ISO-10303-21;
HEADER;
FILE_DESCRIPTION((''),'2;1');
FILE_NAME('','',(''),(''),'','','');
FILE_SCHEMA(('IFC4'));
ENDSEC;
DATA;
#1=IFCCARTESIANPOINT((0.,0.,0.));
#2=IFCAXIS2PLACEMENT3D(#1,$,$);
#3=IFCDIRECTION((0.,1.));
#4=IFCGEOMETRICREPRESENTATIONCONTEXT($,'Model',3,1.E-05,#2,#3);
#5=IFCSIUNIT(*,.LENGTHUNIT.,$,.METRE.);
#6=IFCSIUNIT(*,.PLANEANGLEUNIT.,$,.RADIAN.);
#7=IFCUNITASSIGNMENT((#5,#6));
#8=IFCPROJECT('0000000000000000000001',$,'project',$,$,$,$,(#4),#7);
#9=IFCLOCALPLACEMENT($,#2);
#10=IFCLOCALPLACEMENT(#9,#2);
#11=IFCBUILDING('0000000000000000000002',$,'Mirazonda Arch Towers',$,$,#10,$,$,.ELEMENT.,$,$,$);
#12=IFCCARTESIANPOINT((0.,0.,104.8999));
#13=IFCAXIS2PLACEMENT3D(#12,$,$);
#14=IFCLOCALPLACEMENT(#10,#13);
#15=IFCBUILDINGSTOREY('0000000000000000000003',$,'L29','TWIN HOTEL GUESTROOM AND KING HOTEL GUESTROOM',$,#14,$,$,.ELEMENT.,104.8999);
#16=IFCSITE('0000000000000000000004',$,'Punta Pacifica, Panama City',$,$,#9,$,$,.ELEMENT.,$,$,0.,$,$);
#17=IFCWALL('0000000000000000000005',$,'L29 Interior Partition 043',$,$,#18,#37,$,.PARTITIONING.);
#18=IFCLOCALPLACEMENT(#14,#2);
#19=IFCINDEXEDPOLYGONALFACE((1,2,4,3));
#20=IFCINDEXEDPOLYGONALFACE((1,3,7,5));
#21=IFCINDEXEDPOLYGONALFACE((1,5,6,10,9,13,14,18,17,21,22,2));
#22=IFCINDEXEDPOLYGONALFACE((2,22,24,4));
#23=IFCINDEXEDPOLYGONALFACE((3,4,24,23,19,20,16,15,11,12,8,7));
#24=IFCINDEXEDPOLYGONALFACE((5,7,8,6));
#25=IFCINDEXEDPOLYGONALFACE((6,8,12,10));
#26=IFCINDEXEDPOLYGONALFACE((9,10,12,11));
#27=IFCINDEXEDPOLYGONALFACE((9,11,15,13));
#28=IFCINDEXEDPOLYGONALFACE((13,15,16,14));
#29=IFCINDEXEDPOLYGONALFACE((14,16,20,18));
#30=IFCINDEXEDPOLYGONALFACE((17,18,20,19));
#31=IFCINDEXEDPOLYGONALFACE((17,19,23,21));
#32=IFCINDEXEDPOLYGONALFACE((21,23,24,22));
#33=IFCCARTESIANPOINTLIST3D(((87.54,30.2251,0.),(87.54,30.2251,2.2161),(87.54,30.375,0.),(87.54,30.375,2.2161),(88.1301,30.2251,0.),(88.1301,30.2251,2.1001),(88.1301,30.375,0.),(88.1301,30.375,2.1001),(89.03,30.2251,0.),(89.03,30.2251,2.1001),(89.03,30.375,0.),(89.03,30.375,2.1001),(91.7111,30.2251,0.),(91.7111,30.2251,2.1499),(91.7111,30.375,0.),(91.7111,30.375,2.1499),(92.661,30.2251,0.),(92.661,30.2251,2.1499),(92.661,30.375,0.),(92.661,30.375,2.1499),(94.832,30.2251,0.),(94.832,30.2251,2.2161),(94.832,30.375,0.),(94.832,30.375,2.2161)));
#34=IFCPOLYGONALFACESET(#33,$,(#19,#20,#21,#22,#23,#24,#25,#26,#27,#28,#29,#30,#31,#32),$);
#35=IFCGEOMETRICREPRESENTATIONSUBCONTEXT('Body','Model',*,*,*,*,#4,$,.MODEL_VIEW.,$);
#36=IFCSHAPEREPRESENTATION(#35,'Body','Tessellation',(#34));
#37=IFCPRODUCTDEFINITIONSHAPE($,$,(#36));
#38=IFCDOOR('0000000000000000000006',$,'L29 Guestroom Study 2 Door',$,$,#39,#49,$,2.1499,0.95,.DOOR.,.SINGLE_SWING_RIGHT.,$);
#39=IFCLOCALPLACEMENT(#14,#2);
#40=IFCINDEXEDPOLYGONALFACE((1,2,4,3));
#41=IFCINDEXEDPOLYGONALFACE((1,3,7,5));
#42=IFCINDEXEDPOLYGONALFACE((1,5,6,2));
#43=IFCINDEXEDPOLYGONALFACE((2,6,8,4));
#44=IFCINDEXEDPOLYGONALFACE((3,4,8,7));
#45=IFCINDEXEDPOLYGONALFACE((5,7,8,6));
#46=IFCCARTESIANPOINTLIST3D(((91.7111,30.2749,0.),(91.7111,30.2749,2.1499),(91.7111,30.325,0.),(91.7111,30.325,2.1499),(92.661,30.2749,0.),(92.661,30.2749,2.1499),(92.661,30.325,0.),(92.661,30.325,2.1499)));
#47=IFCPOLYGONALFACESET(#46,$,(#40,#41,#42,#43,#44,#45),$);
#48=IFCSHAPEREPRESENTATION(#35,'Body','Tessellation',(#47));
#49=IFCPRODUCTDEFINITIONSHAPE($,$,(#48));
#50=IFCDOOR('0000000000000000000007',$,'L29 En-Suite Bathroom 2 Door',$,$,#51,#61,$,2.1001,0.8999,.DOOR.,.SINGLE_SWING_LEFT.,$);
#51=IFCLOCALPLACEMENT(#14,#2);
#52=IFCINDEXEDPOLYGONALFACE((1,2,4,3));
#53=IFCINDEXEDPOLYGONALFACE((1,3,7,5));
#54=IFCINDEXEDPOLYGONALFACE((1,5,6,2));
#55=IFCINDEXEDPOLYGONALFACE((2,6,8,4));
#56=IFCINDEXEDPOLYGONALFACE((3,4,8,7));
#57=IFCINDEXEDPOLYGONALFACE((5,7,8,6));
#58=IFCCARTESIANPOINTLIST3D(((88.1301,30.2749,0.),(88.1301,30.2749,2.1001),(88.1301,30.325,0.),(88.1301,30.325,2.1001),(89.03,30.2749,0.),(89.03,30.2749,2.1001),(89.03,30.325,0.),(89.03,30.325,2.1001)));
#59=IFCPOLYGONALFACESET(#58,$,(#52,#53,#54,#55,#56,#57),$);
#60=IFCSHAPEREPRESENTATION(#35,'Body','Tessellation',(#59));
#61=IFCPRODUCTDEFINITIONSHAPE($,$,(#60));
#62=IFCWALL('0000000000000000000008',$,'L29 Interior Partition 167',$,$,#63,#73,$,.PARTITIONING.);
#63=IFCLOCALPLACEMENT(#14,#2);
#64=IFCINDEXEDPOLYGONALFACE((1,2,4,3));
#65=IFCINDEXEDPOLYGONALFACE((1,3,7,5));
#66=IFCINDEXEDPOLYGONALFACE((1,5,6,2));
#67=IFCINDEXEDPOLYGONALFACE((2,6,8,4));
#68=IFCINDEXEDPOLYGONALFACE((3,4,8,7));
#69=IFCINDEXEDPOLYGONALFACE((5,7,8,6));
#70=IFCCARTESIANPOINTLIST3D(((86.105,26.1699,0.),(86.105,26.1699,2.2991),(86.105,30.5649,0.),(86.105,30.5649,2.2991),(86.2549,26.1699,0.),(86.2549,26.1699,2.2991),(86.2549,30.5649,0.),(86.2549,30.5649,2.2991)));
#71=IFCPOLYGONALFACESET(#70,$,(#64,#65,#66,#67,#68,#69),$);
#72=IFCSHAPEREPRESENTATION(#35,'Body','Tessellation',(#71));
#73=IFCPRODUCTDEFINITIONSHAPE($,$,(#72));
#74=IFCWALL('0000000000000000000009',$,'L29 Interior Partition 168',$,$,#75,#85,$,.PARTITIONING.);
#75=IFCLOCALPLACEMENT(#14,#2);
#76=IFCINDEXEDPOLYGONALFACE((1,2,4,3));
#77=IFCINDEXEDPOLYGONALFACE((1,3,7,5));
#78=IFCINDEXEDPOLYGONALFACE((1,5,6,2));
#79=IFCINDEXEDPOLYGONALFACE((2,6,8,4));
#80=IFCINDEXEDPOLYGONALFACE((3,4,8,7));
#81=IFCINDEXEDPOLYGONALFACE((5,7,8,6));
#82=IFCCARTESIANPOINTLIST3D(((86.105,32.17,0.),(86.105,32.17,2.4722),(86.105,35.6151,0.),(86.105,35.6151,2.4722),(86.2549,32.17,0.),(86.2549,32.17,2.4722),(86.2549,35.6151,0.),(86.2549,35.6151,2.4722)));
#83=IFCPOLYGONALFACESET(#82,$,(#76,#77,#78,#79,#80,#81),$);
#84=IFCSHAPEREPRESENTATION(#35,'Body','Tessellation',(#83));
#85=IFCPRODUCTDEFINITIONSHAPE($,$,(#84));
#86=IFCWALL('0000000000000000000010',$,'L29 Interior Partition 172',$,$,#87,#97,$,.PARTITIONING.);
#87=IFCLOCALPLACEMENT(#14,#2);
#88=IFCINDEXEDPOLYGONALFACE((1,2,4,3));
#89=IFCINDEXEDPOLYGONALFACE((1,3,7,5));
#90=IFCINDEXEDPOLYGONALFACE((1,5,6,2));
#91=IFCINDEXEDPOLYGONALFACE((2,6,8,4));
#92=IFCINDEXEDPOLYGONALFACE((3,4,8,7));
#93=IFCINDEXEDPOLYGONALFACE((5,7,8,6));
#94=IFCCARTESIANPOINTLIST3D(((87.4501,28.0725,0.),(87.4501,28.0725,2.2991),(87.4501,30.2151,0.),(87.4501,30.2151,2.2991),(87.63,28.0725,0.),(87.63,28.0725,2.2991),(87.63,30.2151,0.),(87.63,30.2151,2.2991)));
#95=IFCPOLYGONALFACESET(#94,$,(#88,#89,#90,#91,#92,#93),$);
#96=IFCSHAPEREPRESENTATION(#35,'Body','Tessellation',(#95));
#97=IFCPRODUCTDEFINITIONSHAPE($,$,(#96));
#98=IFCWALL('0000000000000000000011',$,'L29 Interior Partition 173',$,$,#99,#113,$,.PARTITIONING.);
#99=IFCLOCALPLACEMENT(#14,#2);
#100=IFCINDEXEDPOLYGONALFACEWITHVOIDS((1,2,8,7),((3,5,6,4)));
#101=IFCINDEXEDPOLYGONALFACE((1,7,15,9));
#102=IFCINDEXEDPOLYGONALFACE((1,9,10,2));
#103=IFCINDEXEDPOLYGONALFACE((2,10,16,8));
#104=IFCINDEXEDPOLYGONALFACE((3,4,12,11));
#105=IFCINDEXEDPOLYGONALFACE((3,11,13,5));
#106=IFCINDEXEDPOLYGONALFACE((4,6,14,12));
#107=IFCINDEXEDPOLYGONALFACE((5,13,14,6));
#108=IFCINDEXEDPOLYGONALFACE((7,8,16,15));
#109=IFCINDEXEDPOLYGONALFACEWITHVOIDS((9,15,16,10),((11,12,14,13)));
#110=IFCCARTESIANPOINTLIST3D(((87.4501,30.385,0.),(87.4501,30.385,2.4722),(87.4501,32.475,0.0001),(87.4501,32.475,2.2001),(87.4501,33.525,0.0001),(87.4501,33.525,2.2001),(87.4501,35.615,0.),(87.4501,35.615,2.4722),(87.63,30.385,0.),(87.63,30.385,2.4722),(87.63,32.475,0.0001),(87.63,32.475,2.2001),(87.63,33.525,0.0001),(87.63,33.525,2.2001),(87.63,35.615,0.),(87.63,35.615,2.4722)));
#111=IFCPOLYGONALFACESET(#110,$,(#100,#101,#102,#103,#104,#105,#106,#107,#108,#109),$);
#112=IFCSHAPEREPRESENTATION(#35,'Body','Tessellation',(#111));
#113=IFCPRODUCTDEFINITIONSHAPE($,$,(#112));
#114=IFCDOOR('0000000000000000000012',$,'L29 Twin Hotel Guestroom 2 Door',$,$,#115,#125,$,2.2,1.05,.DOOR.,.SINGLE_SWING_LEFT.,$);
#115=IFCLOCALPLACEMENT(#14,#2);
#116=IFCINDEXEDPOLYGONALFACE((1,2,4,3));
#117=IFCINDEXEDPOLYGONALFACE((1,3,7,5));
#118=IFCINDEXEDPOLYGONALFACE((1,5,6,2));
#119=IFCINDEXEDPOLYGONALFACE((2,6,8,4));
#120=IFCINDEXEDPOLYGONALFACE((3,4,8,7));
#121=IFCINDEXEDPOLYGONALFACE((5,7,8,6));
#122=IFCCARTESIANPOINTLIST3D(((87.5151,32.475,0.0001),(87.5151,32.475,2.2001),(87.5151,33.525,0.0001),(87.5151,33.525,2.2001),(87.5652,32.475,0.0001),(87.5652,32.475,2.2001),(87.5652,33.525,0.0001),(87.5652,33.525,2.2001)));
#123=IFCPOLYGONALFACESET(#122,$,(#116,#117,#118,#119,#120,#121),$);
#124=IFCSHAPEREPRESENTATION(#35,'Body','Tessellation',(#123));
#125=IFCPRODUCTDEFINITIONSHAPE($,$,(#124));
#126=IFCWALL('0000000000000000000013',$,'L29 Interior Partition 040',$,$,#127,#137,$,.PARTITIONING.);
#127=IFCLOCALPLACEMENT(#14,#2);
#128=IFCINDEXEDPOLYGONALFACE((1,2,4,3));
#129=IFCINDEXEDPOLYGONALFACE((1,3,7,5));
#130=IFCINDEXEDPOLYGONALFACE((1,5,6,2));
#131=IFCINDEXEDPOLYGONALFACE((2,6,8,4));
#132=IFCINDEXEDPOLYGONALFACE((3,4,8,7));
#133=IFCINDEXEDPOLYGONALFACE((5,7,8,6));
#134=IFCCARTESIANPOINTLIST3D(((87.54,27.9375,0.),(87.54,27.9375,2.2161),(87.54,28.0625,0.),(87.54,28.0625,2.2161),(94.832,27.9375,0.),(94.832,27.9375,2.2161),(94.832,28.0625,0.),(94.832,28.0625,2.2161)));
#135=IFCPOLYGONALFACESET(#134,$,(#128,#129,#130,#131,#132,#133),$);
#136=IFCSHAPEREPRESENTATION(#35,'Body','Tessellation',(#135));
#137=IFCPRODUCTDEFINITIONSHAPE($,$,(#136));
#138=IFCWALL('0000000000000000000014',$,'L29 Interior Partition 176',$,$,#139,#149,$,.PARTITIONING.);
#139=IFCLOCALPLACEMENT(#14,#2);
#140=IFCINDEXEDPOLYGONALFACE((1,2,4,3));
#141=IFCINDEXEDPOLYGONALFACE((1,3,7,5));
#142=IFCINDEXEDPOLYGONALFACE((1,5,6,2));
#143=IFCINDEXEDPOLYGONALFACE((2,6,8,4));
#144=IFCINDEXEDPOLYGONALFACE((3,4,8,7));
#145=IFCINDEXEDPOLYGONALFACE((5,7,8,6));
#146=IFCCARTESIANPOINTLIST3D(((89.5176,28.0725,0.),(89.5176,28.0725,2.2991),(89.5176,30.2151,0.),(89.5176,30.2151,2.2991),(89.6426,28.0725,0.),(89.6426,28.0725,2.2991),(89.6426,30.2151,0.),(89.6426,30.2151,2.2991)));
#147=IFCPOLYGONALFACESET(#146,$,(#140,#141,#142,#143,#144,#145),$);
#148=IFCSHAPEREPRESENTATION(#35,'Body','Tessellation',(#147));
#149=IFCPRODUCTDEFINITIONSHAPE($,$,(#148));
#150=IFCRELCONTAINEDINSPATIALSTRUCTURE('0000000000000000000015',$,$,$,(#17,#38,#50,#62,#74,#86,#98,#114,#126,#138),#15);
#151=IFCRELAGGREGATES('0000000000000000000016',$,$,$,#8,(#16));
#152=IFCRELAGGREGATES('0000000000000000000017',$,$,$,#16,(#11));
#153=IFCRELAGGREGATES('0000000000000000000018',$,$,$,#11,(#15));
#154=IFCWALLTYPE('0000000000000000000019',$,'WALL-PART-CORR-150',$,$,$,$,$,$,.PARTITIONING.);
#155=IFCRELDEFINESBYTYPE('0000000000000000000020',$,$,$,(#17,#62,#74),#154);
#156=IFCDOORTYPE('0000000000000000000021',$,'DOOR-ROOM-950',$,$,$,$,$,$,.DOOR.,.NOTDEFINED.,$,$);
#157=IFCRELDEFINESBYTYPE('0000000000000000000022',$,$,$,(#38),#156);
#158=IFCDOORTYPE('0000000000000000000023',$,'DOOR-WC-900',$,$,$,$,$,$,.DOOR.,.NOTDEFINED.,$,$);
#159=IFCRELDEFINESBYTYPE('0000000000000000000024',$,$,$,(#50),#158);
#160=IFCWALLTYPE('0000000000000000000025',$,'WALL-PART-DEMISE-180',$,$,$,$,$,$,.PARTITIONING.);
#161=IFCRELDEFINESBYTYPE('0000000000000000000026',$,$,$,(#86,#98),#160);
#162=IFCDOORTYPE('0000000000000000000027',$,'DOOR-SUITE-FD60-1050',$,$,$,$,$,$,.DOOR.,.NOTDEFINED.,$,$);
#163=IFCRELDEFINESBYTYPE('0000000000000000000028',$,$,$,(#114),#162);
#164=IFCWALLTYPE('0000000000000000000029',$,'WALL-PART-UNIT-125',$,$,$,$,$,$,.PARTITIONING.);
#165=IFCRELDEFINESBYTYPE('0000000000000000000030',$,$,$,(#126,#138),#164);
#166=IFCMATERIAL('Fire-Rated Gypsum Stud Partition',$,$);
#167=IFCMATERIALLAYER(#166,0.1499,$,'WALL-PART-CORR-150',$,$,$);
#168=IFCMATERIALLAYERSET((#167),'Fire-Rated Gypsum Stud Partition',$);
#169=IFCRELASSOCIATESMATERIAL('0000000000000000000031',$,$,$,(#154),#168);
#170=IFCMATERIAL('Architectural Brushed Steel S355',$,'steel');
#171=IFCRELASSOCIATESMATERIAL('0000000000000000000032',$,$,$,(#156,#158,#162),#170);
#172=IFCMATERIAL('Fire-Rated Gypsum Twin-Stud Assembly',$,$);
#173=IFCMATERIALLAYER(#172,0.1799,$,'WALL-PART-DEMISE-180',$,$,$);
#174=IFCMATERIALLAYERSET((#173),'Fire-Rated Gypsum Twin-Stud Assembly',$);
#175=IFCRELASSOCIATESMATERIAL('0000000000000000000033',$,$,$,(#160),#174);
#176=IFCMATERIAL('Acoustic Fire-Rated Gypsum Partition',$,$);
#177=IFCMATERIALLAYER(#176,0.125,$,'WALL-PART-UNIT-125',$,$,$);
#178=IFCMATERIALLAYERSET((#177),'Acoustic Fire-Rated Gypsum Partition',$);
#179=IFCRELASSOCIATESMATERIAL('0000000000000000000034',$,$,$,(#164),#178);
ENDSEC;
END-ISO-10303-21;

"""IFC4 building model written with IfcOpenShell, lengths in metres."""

from ifc_helpers import new_model, si_unit, direction, frame, frame_2d, origin, place, context, subcontext, project, spatial, rectangle, extrude, material, layer, layer_set, type_object, element, fill, save


model = new_model("IFC4")

# Units and contexts
model_context = context("Model", 3, precision=1e-05, world=origin(), true_north=direction((0.0, 1.0)))
body_context = subcontext(model_context, "Body", "Model", "MODEL_VIEW")
ifc_project = project(units=[si_unit("LENGTHUNIT", "METRE"), si_unit("PLANEANGLEUNIT", "RADIAN")], contexts=[model_context])

# Site, building, storey
site_placement = place(None, origin())
site = spatial("IfcSite", under=ifc_project, at=site_placement, Name="Punta Pacifica, Panama City", CompositionType="ELEMENT", RefElevation=0.0)
building_placement = place(site_placement, origin())
building = spatial("IfcBuilding", under=site, at=building_placement, Name="Mirazonda Arch Towers", CompositionType="ELEMENT")
storey_placement = place(building_placement, frame((0.0, 0.0, 104.8999)))
storey = spatial("IfcBuildingStorey", under=building, at=storey_placement, Name="L29", Description="TWIN HOTEL GUESTROOM AND KING HOTEL GUESTROOM", CompositionType="ELEMENT", Elevation=104.8999)

# Wall, openings, doors
ifc_material_1 = material(Name="Fire-Rated Gypsum Stud Partition")
ifc_layer_1 = layer(ifc_material_1, 0.1499, Name="WALL-PART-CORR-150")
ifc_layer_set_1 = layer_set([ifc_layer_1], Name="Fire-Rated Gypsum Stud Partition")
wall_type_1 = type_object("IfcWallType", Name="WALL-PART-CORR-150", PredefinedType="PARTITIONING", material=ifc_layer_set_1)
wall_1_placement = place(storey_placement, frame((87.54, 30.3, 0.0), z_axis=(0.0, 0.0, 1.0), x_axis=(1.0, 0.0, 0.0)))
wall_1 = element("IfcWall", 1, at=wall_1_placement, inside=storey, type_object=wall_type_1, Name="L29 Interior Partition 043", PredefinedType="PARTITIONING", context=body_context, shape_type="SweptSolid", body=[
    extrude(rectangle(XDim=7.292, YDim=0.1499, at=frame_2d((3.646, 0.0))), origin(), (0.0, 0.0, 1.0), 2.2161),
])
opening_1_placement = place(wall_1_placement, frame((4.1709, 0.0, 0.0)))
opening_1 = element("IfcOpeningElement", 2, at=opening_1_placement, cuts=wall_1, PredefinedType="OPENING", context=body_context, shape_type="SweptSolid", body=[
    extrude(rectangle(XDim=0.95, YDim=2.1499, at=frame_2d((0.4751, 1.075))), frame((0.0, 0.085, 0.0), z_axis=(0.0, -1.0, 0.0), x_axis=(1.0, 0.0, 0.0)), (0.0, 0.0, 1.0), 0.1699),
])
opening_2_placement = place(wall_1_placement, frame((0.5901, 0.0, 0.0)))
opening_2 = element("IfcOpeningElement", 3, at=opening_2_placement, cuts=wall_1, PredefinedType="OPENING", context=body_context, shape_type="SweptSolid", body=[
    extrude(rectangle(XDim=0.8999, YDim=2.1001, at=frame_2d((0.45, 1.05))), frame((0.0, 0.085, 0.0), z_axis=(0.0, -1.0, 0.0), x_axis=(1.0, 0.0, 0.0)), (0.0, 0.0, 1.0), 0.1699),
])
ifc_material_2 = material(Name="Architectural Brushed Steel S355", Category="steel")
door_type_1 = type_object("IfcDoorType", Name="DOOR-ROOM-950", OperationType="NOTDEFINED", PredefinedType="DOOR", material=ifc_material_2)
door_1_placement = place(opening_1_placement, origin())
door_1 = element("IfcDoor", 4, at=door_1_placement, inside=storey, type_object=door_type_1, Name="L29 Guestroom Study 2 Door", OperationType="SINGLE_SWING_RIGHT", OverallHeight=2.1499, OverallWidth=0.95, PredefinedType="DOOR", context=body_context, shape_type="SweptSolid", body=[
    extrude(rectangle(XDim=0.95, YDim=2.1499, at=frame_2d((0.4751, 1.075))), frame((0.0, 0.0249, 0.0), z_axis=(0.0, -1.0, 0.0), x_axis=(1.0, 0.0, 0.0)), (0.0, 0.0, 1.0), 0.05),
])
fill(opening_1, door_1)
door_type_2 = type_object("IfcDoorType", Name="DOOR-WC-900", OperationType="NOTDEFINED", PredefinedType="DOOR", material=ifc_material_2)
door_2_placement = place(opening_2_placement, origin())
door_2 = element("IfcDoor", 5, at=door_2_placement, inside=storey, type_object=door_type_2, Name="L29 En-Suite Bathroom 2 Door", OperationType="SINGLE_SWING_LEFT", OverallHeight=2.1001, OverallWidth=0.8999, PredefinedType="DOOR", context=body_context, shape_type="SweptSolid", body=[
    extrude(rectangle(XDim=0.8999, YDim=2.1001, at=frame_2d((0.45, 1.05))), frame((0.0, 0.0249, 0.0), z_axis=(0.0, -1.0, 0.0), x_axis=(1.0, 0.0, 0.0)), (0.0, 0.0, 1.0), 0.05),
])
fill(opening_2, door_2)

# Walls
wall_2_placement = place(storey_placement, frame((86.1799, 26.1699, 0.0), z_axis=(0.0, 0.0, 1.0), x_axis=(0.0, 1.0, 0.0)))
element("IfcWall", 6, at=wall_2_placement, inside=storey, type_object=wall_type_1, Name="L29 Interior Partition 167", PredefinedType="PARTITIONING", context=body_context, shape_type="SweptSolid", body=[
    extrude(rectangle(XDim=4.395, YDim=0.1499, at=frame_2d((2.1975, 0.0))), origin(), (0.0, 0.0, 1.0), 2.2991),
])
wall_3_placement = place(storey_placement, frame((86.1799, 32.1699, 0.0), z_axis=(0.0, 0.0, 1.0), x_axis=(0.0, 1.0, 0.0)))
element("IfcWall", 7, at=wall_3_placement, inside=storey, type_object=wall_type_1, Name="L29 Interior Partition 168", PredefinedType="PARTITIONING", context=body_context, shape_type="SweptSolid", body=[
    extrude(rectangle(XDim=3.4451, YDim=0.1499, at=frame_2d((1.7227, 0.0))), origin(), (0.0, 0.0, 1.0), 2.4722),
])
ifc_material_3 = material(Name="Fire-Rated Gypsum Twin-Stud Assembly")
ifc_layer_2 = layer(ifc_material_3, 0.1799, Name="WALL-PART-DEMISE-180")
ifc_layer_set_2 = layer_set([ifc_layer_2], Name="Fire-Rated Gypsum Twin-Stud Assembly")
wall_type_2 = type_object("IfcWallType", Name="WALL-PART-DEMISE-180", PredefinedType="PARTITIONING", material=ifc_layer_set_2)
wall_4_placement = place(storey_placement, frame((87.54, 28.0725, 0.0), z_axis=(0.0, 0.0, 1.0), x_axis=(0.0, 1.0, 0.0)))
element("IfcWall", 8, at=wall_4_placement, inside=storey, type_object=wall_type_2, Name="L29 Interior Partition 172", PredefinedType="PARTITIONING", context=body_context, shape_type="SweptSolid", body=[
    extrude(rectangle(XDim=2.1426, YDim=0.1799, at=frame_2d((1.0713, 0.0))), origin(), (0.0, 0.0, 1.0), 2.2991),
])

# Wall, opening, door
wall_5_placement = place(storey_placement, frame((87.54, 30.385, 0.0), z_axis=(0.0, 0.0, 1.0), x_axis=(0.0, 1.0, 0.0)))
wall_5 = element("IfcWall", 9, at=wall_5_placement, inside=storey, type_object=wall_type_2, Name="L29 Interior Partition 173", PredefinedType="PARTITIONING", context=body_context, shape_type="SweptSolid", body=[
    extrude(rectangle(XDim=5.23, YDim=0.1799, at=frame_2d((2.615, 0.0))), origin(), (0.0, 0.0, 1.0), 2.4722),
])
opening_3_placement = place(wall_5_placement, frame((2.0901, 0.0, 0.0)))
opening_3 = element("IfcOpeningElement", 10, at=opening_3_placement, cuts=wall_5, PredefinedType="OPENING", context=body_context, shape_type="SweptSolid", body=[
    extrude(rectangle(XDim=1.05, YDim=2.2, at=frame_2d((0.5249, 1.1001))), frame((0.0, 0.0999, 0.0), z_axis=(0.0, -1.0, 0.0), x_axis=(1.0, 0.0, 0.0)), (0.0, 0.0, 1.0), 0.2),
])
door_type_3 = type_object("IfcDoorType", Name="DOOR-SUITE-FD60-1050", OperationType="NOTDEFINED", PredefinedType="DOOR", material=ifc_material_2)
door_3_placement = place(opening_3_placement, origin())
door_3 = element("IfcDoor", 11, at=door_3_placement, inside=storey, type_object=door_type_3, Name="L29 Twin Hotel Guestroom 2 Door", OperationType="SINGLE_SWING_LEFT", OverallHeight=2.2, OverallWidth=1.05, PredefinedType="DOOR", context=body_context, shape_type="SweptSolid", body=[
    extrude(rectangle(XDim=1.05, YDim=2.2, at=frame_2d((0.5249, 1.1001))), frame((0.0, 0.0249, 0.0), z_axis=(0.0, -1.0, 0.0), x_axis=(1.0, 0.0, 0.0)), (0.0, 0.0, 1.0), 0.05),
])
fill(opening_3, door_3)

# Walls
ifc_material_4 = material(Name="Acoustic Fire-Rated Gypsum Partition")
ifc_layer_3 = layer(ifc_material_4, 0.125, Name="WALL-PART-UNIT-125")
ifc_layer_set_3 = layer_set([ifc_layer_3], Name="Acoustic Fire-Rated Gypsum Partition")
wall_type_3 = type_object("IfcWallType", Name="WALL-PART-UNIT-125", PredefinedType="PARTITIONING", material=ifc_layer_set_3)
wall_6_placement = place(storey_placement, frame((87.54, 28.0, 0.0), z_axis=(0.0, 0.0, 1.0), x_axis=(1.0, 0.0, 0.0)))
element("IfcWall", 12, at=wall_6_placement, inside=storey, type_object=wall_type_3, Name="L29 Interior Partition 040", PredefinedType="PARTITIONING", context=body_context, shape_type="SweptSolid", body=[
    extrude(rectangle(XDim=7.292, YDim=0.125, at=frame_2d((3.646, 0.0))), origin(), (0.0, 0.0, 1.0), 2.2161),
])
wall_7_placement = place(storey_placement, frame((89.5801, 28.0725, 0.0), z_axis=(0.0, 0.0, 1.0), x_axis=(0.0, 1.0, 0.0)))
element("IfcWall", 13, at=wall_7_placement, inside=storey, type_object=wall_type_3, Name="L29 Interior Partition 176", PredefinedType="PARTITIONING", context=body_context, shape_type="SweptSolid", body=[
    extrude(rectangle(XDim=2.1426, YDim=0.125, at=frame_2d((1.0713, 0.0))), origin(), (0.0, 0.0, 1.0), 2.2991),
])

save(model, "model.ifc")
